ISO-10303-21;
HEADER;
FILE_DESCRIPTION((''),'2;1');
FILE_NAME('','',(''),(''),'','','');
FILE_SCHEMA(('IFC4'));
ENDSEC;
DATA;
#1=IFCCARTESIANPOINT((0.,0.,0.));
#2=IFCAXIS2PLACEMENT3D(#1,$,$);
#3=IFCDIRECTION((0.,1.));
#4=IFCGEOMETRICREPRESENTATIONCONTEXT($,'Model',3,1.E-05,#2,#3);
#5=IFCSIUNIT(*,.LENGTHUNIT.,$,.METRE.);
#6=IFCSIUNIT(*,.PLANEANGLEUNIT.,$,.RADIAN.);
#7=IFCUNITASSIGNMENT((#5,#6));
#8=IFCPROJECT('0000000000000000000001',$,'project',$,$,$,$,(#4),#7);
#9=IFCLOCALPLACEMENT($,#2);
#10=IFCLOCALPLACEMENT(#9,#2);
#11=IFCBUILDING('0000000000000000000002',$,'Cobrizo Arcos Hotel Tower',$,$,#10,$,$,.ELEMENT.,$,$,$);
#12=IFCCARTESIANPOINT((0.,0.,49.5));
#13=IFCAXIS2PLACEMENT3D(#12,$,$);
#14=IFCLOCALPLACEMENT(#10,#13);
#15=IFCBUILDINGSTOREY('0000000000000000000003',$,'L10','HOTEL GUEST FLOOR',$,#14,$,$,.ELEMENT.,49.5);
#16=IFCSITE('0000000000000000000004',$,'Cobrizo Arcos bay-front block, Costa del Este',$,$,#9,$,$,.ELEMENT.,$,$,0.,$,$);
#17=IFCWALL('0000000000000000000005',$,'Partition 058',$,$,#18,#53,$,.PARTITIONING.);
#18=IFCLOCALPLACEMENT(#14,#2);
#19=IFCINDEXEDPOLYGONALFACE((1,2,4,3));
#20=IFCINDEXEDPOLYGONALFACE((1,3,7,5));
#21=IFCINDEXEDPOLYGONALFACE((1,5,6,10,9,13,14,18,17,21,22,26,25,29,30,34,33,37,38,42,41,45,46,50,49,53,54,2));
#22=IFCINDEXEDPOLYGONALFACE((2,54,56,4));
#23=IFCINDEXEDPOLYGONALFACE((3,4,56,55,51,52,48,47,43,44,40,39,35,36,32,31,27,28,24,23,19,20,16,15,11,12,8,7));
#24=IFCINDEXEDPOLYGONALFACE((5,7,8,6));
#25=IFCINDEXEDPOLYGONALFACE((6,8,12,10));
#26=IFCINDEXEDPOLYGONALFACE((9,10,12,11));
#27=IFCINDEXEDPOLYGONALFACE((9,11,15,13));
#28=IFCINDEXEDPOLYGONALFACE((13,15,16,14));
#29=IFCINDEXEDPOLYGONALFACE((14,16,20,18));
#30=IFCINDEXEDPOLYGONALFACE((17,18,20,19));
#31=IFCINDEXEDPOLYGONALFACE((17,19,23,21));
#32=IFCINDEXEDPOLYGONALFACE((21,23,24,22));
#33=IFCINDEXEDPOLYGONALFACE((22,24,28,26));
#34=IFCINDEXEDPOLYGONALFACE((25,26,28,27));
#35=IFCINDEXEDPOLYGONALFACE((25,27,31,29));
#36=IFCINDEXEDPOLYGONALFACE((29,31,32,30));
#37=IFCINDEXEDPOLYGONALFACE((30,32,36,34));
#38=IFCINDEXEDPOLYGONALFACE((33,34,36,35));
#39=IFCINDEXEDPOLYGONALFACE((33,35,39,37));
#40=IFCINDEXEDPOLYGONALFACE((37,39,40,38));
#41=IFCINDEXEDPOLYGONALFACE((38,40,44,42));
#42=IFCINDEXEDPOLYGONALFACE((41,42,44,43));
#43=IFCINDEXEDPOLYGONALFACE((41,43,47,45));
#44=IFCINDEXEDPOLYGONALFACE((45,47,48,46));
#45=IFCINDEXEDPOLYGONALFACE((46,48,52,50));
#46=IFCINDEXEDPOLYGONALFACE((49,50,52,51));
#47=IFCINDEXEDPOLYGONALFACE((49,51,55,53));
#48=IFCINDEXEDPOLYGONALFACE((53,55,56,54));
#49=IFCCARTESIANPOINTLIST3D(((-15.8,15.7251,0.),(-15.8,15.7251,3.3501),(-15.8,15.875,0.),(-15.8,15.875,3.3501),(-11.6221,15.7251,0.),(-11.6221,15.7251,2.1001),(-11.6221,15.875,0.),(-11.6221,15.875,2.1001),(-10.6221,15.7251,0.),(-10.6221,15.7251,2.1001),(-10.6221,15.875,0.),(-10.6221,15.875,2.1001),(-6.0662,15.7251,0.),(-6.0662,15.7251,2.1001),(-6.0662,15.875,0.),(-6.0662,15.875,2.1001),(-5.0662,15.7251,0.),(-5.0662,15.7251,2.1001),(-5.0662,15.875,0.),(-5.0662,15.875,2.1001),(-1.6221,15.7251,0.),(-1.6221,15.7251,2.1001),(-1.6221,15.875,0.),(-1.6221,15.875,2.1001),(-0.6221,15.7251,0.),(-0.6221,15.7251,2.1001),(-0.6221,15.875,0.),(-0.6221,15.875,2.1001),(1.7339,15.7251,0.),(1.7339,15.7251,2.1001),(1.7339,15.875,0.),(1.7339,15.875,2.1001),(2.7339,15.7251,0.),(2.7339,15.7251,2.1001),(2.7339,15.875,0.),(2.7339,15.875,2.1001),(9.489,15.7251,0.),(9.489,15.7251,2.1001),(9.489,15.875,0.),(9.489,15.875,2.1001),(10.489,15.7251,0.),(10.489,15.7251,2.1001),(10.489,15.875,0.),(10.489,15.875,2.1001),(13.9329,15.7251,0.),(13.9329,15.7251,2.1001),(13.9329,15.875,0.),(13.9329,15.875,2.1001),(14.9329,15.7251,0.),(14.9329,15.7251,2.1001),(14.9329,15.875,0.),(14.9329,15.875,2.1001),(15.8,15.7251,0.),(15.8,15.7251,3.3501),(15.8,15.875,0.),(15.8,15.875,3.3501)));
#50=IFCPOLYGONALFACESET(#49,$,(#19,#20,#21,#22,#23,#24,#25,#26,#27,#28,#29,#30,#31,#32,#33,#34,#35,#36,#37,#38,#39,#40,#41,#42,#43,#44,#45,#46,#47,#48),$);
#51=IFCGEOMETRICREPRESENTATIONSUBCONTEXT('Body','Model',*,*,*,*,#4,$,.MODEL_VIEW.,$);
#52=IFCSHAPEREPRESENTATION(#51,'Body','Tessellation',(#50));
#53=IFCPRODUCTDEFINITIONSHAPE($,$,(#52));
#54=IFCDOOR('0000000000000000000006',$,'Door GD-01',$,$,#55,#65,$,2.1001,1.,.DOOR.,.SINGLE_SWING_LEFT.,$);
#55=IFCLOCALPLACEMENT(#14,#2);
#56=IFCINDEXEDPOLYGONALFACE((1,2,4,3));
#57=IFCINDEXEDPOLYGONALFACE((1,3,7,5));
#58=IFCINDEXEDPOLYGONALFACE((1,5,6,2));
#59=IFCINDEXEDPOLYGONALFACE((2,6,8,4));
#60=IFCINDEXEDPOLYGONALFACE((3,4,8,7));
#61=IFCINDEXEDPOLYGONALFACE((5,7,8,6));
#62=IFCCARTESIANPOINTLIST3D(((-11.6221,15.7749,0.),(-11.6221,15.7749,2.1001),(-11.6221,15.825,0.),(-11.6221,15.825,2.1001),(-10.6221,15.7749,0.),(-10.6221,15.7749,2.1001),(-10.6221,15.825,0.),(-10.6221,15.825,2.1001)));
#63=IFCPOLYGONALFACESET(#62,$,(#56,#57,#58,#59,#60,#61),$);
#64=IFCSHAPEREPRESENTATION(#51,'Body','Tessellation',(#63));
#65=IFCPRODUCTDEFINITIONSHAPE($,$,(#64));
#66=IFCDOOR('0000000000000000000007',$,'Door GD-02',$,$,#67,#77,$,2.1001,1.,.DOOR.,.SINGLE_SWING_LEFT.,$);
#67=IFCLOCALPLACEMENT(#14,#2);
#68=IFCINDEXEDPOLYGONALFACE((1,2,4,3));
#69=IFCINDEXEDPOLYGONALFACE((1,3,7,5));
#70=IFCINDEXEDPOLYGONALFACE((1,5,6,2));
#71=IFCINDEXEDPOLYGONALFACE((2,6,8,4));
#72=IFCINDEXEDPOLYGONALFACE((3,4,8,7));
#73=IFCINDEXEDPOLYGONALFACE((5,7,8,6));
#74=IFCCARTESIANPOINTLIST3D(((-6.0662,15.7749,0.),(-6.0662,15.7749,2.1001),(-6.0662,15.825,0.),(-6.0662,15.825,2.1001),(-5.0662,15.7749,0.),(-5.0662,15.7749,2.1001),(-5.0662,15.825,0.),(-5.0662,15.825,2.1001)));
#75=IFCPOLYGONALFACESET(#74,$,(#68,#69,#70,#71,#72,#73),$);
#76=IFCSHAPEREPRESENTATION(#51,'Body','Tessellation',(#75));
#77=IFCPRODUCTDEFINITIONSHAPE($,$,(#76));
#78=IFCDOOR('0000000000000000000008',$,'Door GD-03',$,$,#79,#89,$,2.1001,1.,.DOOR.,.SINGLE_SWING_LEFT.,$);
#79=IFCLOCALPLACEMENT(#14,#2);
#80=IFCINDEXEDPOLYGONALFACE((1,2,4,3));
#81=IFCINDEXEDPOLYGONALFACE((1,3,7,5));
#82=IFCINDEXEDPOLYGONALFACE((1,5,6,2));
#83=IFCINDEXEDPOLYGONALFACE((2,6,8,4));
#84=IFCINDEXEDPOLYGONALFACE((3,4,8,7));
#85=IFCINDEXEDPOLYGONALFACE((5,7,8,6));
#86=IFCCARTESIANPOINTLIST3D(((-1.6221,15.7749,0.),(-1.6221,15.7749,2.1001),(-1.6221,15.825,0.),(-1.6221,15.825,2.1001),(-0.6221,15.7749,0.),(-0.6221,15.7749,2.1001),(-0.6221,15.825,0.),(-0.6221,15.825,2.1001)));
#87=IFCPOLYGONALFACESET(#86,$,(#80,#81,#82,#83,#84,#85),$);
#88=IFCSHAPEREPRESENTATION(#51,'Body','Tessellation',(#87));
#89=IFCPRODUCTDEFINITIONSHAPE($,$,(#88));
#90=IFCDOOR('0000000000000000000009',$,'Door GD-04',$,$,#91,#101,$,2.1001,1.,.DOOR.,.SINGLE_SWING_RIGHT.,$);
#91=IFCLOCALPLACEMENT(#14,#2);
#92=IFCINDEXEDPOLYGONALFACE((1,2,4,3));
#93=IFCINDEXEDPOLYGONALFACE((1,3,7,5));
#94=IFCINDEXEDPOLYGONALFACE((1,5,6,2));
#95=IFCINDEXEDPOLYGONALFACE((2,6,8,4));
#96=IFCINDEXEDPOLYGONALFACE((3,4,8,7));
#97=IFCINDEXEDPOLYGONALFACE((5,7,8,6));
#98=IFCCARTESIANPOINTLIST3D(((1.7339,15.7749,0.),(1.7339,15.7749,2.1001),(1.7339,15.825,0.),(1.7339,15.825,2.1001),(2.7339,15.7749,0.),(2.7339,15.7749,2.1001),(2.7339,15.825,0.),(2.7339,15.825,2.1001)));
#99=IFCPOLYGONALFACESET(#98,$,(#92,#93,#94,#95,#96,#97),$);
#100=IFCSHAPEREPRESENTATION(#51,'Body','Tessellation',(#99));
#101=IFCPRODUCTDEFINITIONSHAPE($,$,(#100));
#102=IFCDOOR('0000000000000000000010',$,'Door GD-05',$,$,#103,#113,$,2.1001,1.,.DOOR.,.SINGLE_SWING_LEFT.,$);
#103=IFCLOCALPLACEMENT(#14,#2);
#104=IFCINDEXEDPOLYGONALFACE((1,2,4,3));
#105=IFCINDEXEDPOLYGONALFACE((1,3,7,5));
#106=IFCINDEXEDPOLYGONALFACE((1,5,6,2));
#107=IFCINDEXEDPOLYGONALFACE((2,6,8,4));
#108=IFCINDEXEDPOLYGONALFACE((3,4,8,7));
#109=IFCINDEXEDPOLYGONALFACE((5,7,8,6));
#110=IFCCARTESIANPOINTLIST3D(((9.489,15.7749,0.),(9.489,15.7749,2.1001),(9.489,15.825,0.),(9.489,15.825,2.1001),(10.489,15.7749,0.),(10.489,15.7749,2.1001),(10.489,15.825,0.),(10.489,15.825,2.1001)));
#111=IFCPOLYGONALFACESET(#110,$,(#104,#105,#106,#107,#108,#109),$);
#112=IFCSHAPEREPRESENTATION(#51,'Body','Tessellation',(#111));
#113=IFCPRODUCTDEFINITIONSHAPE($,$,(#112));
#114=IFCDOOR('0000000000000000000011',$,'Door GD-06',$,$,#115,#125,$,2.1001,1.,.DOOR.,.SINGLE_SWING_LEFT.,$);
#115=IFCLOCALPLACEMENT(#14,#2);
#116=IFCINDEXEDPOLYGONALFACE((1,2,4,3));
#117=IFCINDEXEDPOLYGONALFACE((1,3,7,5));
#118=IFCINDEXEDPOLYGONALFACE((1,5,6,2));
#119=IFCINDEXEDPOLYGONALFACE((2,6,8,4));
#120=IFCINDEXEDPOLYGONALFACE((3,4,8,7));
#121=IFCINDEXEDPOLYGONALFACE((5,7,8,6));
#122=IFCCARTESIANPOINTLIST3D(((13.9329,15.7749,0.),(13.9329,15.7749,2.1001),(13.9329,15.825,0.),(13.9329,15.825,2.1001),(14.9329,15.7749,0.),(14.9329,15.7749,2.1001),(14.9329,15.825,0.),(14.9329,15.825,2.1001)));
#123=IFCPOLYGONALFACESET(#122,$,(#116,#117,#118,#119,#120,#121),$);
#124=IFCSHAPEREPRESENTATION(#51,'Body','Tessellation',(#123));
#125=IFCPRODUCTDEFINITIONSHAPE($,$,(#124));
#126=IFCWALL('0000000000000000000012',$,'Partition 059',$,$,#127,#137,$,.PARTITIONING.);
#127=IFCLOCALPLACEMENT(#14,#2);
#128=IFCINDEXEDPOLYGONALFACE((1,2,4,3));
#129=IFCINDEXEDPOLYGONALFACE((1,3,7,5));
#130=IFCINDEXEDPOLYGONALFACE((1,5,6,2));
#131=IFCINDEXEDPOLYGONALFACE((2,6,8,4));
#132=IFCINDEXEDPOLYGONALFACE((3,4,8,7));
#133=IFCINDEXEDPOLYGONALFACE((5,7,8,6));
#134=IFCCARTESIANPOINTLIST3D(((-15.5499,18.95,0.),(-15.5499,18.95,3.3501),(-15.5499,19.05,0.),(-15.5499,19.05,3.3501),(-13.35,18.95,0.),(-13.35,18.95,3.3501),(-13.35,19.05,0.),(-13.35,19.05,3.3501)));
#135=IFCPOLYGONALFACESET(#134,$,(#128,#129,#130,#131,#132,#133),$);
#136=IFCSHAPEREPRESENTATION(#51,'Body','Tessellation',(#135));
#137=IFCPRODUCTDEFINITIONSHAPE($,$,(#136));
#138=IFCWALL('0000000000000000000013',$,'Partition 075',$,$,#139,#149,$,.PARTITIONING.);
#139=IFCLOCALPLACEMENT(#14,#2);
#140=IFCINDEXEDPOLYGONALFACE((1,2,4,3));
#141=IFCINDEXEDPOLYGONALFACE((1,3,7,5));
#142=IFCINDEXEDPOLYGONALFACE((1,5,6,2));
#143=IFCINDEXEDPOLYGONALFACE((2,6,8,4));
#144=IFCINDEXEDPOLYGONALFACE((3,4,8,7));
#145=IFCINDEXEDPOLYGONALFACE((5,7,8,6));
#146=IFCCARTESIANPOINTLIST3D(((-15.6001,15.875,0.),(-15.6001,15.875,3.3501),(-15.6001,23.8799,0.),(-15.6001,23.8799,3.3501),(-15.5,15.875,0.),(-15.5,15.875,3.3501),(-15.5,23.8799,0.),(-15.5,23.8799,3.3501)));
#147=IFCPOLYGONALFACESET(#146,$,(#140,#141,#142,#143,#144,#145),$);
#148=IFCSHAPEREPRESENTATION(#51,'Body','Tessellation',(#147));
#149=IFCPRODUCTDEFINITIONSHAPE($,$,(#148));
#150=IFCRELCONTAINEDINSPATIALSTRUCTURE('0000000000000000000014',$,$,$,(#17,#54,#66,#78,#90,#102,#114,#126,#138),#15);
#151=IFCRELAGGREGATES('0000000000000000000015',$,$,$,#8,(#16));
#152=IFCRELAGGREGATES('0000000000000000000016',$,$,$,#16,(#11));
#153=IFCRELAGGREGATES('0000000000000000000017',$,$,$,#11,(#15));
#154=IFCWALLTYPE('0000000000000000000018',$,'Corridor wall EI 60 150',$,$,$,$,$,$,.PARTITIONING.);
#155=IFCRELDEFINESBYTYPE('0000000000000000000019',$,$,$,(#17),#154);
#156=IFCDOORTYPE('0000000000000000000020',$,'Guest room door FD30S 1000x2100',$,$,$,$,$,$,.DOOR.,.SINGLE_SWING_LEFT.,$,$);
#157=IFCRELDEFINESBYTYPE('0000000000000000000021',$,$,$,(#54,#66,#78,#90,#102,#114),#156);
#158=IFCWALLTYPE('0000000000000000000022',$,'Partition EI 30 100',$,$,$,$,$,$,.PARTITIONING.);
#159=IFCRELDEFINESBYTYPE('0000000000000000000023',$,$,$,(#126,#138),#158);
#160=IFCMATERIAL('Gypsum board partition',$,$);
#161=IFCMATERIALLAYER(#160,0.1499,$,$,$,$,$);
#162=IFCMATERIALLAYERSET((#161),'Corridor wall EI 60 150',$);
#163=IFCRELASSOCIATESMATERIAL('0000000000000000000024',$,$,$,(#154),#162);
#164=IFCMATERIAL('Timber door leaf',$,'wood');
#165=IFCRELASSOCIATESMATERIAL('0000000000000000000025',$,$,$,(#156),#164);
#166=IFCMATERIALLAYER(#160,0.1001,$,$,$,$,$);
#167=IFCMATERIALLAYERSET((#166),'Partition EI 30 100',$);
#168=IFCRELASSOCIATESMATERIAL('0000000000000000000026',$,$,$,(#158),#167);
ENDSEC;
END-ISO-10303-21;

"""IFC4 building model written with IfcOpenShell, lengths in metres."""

from ifc_helpers import new_model, si_unit, direction, frame, frame_2d, origin, place, context, subcontext, project, spatial, rectangle, extrude, material, layer, layer_set, type_object, element, fill, save


model = new_model("IFC4")

# Units and contexts
model_context = context("Model", 3, precision=1e-05, world=origin(), true_north=direction((0.0, 1.0)))
body_context = subcontext(model_context, "Body", "Model", "MODEL_VIEW")
ifc_project = project(units=[si_unit("LENGTHUNIT", "METRE"), si_unit("PLANEANGLEUNIT", "RADIAN")], contexts=[model_context])

# Site, building, storey
site_placement = place(None, origin())
site = spatial("IfcSite", under=ifc_project, at=site_placement, Name="Cobrizo Arcos bay-front block, Costa del Este", CompositionType="ELEMENT", RefElevation=0.0)
building_placement = place(site_placement, origin())
building = spatial("IfcBuilding", under=site, at=building_placement, Name="Cobrizo Arcos Hotel Tower", CompositionType="ELEMENT")
storey_placement = place(building_placement, frame((0.0, 0.0, 49.5)))
storey = spatial("IfcBuildingStorey", under=building, at=storey_placement, Name="L10", Description="HOTEL GUEST FLOOR", CompositionType="ELEMENT", Elevation=49.5)

# Wall, openings, doors
ifc_material_1 = material(Name="Gypsum board partition")
ifc_layer_1 = layer(ifc_material_1, 0.1499)
ifc_layer_set_1 = layer_set([ifc_layer_1], Name="Corridor wall EI 60 150")
wall_type_1 = type_object("IfcWallType", Name="Corridor wall EI 60 150", PredefinedType="PARTITIONING", material=ifc_layer_set_1)
wall_1_placement = place(storey_placement, frame((-15.8, 15.8, 0.0), z_axis=(0.0, 0.0, 1.0), x_axis=(1.0, 0.0, 0.0)))
wall_1 = element("IfcWall", 1, at=wall_1_placement, inside=storey, type_object=wall_type_1, Name="Partition 058", PredefinedType="PARTITIONING", context=body_context, shape_type="SweptSolid", body=[
    extrude(rectangle(XDim=31.6001, YDim=0.1499, at=frame_2d((15.8, 0.0))), origin(), (0.0, 0.0, 1.0), 3.3501),
])
opening_1_placement = place(wall_1_placement, frame((4.178, 0.0, 0.0)))
opening_1 = element("IfcOpeningElement", 2, at=opening_1_placement, cuts=wall_1, PredefinedType="OPENING", context=body_context, shape_type="SweptSolid", body=[
    extrude(rectangle(XDim=1.0, YDim=2.1001, at=frame_2d((0.5, 1.05))), frame((0.0, 0.0869, 0.0), z_axis=(0.0, -1.0, 0.0), x_axis=(1.0, 0.0, 0.0)), (0.0, 0.0, 1.0), 0.1738),
])
opening_2_placement = place(wall_1_placement, frame((9.7339, 0.0, 0.0)))
opening_2 = element("IfcOpeningElement", 3, at=opening_2_placement, cuts=wall_1, PredefinedType="OPENING", context=body_context, shape_type="SweptSolid", body=[
    extrude(rectangle(XDim=1.0, YDim=2.1001, at=frame_2d((0.5, 1.05))), frame((0.0, 0.0869, 0.0), z_axis=(0.0, -1.0, 0.0), x_axis=(1.0, 0.0, 0.0)), (0.0, 0.0, 1.0), 0.1738),
])
opening_3_placement = place(wall_1_placement, frame((14.178, 0.0, 0.0)))
opening_3 = element("IfcOpeningElement", 4, at=opening_3_placement, cuts=wall_1, PredefinedType="OPENING", context=body_context, shape_type="SweptSolid", body=[
    extrude(rectangle(XDim=1.0, YDim=2.1001, at=frame_2d((0.5, 1.05))), frame((0.0, 0.0869, 0.0), z_axis=(0.0, -1.0, 0.0), x_axis=(1.0, 0.0, 0.0)), (0.0, 0.0, 1.0), 0.1738),
])
opening_4_placement = place(wall_1_placement, frame((17.5339, 0.0, 0.0)))
opening_4 = element("IfcOpeningElement", 5, at=opening_4_placement, cuts=wall_1, PredefinedType="OPENING", context=body_context, shape_type="SweptSolid", body=[
    extrude(rectangle(XDim=1.0, YDim=2.1001, at=frame_2d((0.5, 1.05))), frame((0.0, 0.0869, 0.0), z_axis=(0.0, -1.0, 0.0), x_axis=(1.0, 0.0, 0.0)), (0.0, 0.0, 1.0), 0.1738),
])
opening_5_placement = place(wall_1_placement, frame((25.2891, 0.0, 0.0)))
opening_5 = element("IfcOpeningElement", 6, at=opening_5_placement, cuts=wall_1, PredefinedType="OPENING", context=body_context, shape_type="SweptSolid", body=[
    extrude(rectangle(XDim=1.0, YDim=2.1001, at=frame_2d((0.5, 1.05))), frame((0.0, 0.0869, 0.0), z_axis=(0.0, -1.0, 0.0), x_axis=(1.0, 0.0, 0.0)), (0.0, 0.0, 1.0), 0.1738),
])
opening_6_placement = place(wall_1_placement, frame((29.7329, 0.0, 0.0)))
opening_6 = element("IfcOpeningElement", 7, at=opening_6_placement, cuts=wall_1, PredefinedType="OPENING", context=body_context, shape_type="SweptSolid", body=[
    extrude(rectangle(XDim=1.0, YDim=2.1001, at=frame_2d((0.5, 1.05))), frame((0.0, 0.0869, 0.0), z_axis=(0.0, -1.0, 0.0), x_axis=(1.0, 0.0, 0.0)), (0.0, 0.0, 1.0), 0.1738),
])
ifc_material_2 = material(Name="Timber door leaf", Category="wood")
door_type = type_object("IfcDoorType", Name="Guest room door FD30S 1000x2100", OperationType="SINGLE_SWING_LEFT", PredefinedType="DOOR", material=ifc_material_2)
door_1_placement = place(opening_1_placement, origin())
door_1 = element("IfcDoor", 8, at=door_1_placement, inside=storey, type_object=door_type, Name="Door GD-01", OperationType="SINGLE_SWING_LEFT", OverallHeight=2.1001, OverallWidth=1.0, PredefinedType="DOOR", context=body_context, shape_type="SweptSolid", body=[
    extrude(rectangle(XDim=1.0, YDim=2.1001, at=frame_2d((0.5, 1.05))), frame((0.0, 0.0249, 0.0), z_axis=(0.0, -1.0, 0.0), x_axis=(1.0, 0.0, 0.0)), (0.0, 0.0, 1.0), 0.05),
])
fill(opening_1, door_1)
door_2_placement = place(opening_2_placement, origin())
door_2 = element("IfcDoor", 9, at=door_2_placement, inside=storey, type_object=door_type, Name="Door GD-02", OperationType="SINGLE_SWING_LEFT", OverallHeight=2.1001, OverallWidth=1.0, PredefinedType="DOOR", context=body_context, shape_type="SweptSolid", body=[
    extrude(rectangle(XDim=1.0, YDim=2.1001, at=frame_2d((0.5, 1.05))), frame((0.0, 0.0249, 0.0), z_axis=(0.0, -1.0, 0.0), x_axis=(1.0, 0.0, 0.0)), (0.0, 0.0, 1.0), 0.05),
])
fill(opening_2, door_2)
door_3_placement = place(opening_3_placement, origin())
door_3 = element("IfcDoor", 10, at=door_3_placement, inside=storey, type_object=door_type, Name="Door GD-03", OperationType="SINGLE_SWING_LEFT", OverallHeight=2.1001, OverallWidth=1.0, PredefinedType="DOOR", context=body_context, shape_type="SweptSolid", body=[
    extrude(rectangle(XDim=1.0, YDim=2.1001, at=frame_2d((0.5, 1.05))), frame((0.0, 0.0249, 0.0), z_axis=(0.0, -1.0, 0.0), x_axis=(1.0, 0.0, 0.0)), (0.0, 0.0, 1.0), 0.05),
])
fill(opening_3, door_3)
door_4_placement = place(opening_4_placement, origin())
door_4 = element("IfcDoor", 11, at=door_4_placement, inside=storey, type_object=door_type, Name="Door GD-04", OperationType="SINGLE_SWING_RIGHT", OverallHeight=2.1001, OverallWidth=1.0, PredefinedType="DOOR", context=body_context, shape_type="SweptSolid", body=[
    extrude(rectangle(XDim=1.0, YDim=2.1001, at=frame_2d((0.5, 1.05))), frame((0.0, 0.0249, 0.0), z_axis=(0.0, -1.0, 0.0), x_axis=(1.0, 0.0, 0.0)), (0.0, 0.0, 1.0), 0.05),
])
fill(opening_4, door_4)
door_5_placement = place(opening_5_placement, origin())
door_5 = element("IfcDoor", 12, at=door_5_placement, inside=storey, type_object=door_type, Name="Door GD-05", OperationType="SINGLE_SWING_LEFT", OverallHeight=2.1001, OverallWidth=1.0, PredefinedType="DOOR", context=body_context, shape_type="SweptSolid", body=[
    extrude(rectangle(XDim=1.0, YDim=2.1001, at=frame_2d((0.5, 1.05))), frame((0.0, 0.0249, 0.0), z_axis=(0.0, -1.0, 0.0), x_axis=(1.0, 0.0, 0.0)), (0.0, 0.0, 1.0), 0.05),
])
fill(opening_5, door_5)
door_6_placement = place(opening_6_placement, origin())
door_6 = element("IfcDoor", 13, at=door_6_placement, inside=storey, type_object=door_type, Name="Door GD-06", OperationType="SINGLE_SWING_LEFT", OverallHeight=2.1001, OverallWidth=1.0, PredefinedType="DOOR", context=body_context, shape_type="SweptSolid", body=[
    extrude(rectangle(XDim=1.0, YDim=2.1001, at=frame_2d((0.5, 1.05))), frame((0.0, 0.0249, 0.0), z_axis=(0.0, -1.0, 0.0), x_axis=(1.0, 0.0, 0.0)), (0.0, 0.0, 1.0), 0.05),
])
fill(opening_6, door_6)

# Walls
ifc_layer_2 = layer(ifc_material_1, 0.1001)
ifc_layer_set_2 = layer_set([ifc_layer_2], Name="Partition EI 30 100")
wall_type_2 = type_object("IfcWallType", Name="Partition EI 30 100", PredefinedType="PARTITIONING", material=ifc_layer_set_2)
wall_2_placement = place(storey_placement, frame((-15.55, 19.0, 0.0), z_axis=(0.0, 0.0, 1.0), x_axis=(1.0, 0.0, 0.0)))
element("IfcWall", 14, at=wall_2_placement, inside=storey, type_object=wall_type_2, Name="Partition 059", PredefinedType="PARTITIONING", context=body_context, shape_type="SweptSolid", body=[
    extrude(rectangle(XDim=2.2, YDim=0.1001, at=frame_2d((1.1001, 0.0))), origin(), (0.0, 0.0, 1.0), 3.3501),
])
wall_3_placement = place(storey_placement, frame((-15.55, 15.875, 0.0), z_axis=(0.0, 0.0, 1.0), x_axis=(0.0, 1.0, 0.0)))
element("IfcWall", 15, at=wall_3_placement, inside=storey, type_object=wall_type_2, Name="Partition 075", PredefinedType="PARTITIONING", context=body_context, shape_type="SweptSolid", body=[
    extrude(rectangle(XDim=8.0049, YDim=0.1001, at=frame_2d((4.0024, 0.0))), origin(), (0.0, 0.0, 1.0), 3.3501),
])

save(model, "model.ifc")
